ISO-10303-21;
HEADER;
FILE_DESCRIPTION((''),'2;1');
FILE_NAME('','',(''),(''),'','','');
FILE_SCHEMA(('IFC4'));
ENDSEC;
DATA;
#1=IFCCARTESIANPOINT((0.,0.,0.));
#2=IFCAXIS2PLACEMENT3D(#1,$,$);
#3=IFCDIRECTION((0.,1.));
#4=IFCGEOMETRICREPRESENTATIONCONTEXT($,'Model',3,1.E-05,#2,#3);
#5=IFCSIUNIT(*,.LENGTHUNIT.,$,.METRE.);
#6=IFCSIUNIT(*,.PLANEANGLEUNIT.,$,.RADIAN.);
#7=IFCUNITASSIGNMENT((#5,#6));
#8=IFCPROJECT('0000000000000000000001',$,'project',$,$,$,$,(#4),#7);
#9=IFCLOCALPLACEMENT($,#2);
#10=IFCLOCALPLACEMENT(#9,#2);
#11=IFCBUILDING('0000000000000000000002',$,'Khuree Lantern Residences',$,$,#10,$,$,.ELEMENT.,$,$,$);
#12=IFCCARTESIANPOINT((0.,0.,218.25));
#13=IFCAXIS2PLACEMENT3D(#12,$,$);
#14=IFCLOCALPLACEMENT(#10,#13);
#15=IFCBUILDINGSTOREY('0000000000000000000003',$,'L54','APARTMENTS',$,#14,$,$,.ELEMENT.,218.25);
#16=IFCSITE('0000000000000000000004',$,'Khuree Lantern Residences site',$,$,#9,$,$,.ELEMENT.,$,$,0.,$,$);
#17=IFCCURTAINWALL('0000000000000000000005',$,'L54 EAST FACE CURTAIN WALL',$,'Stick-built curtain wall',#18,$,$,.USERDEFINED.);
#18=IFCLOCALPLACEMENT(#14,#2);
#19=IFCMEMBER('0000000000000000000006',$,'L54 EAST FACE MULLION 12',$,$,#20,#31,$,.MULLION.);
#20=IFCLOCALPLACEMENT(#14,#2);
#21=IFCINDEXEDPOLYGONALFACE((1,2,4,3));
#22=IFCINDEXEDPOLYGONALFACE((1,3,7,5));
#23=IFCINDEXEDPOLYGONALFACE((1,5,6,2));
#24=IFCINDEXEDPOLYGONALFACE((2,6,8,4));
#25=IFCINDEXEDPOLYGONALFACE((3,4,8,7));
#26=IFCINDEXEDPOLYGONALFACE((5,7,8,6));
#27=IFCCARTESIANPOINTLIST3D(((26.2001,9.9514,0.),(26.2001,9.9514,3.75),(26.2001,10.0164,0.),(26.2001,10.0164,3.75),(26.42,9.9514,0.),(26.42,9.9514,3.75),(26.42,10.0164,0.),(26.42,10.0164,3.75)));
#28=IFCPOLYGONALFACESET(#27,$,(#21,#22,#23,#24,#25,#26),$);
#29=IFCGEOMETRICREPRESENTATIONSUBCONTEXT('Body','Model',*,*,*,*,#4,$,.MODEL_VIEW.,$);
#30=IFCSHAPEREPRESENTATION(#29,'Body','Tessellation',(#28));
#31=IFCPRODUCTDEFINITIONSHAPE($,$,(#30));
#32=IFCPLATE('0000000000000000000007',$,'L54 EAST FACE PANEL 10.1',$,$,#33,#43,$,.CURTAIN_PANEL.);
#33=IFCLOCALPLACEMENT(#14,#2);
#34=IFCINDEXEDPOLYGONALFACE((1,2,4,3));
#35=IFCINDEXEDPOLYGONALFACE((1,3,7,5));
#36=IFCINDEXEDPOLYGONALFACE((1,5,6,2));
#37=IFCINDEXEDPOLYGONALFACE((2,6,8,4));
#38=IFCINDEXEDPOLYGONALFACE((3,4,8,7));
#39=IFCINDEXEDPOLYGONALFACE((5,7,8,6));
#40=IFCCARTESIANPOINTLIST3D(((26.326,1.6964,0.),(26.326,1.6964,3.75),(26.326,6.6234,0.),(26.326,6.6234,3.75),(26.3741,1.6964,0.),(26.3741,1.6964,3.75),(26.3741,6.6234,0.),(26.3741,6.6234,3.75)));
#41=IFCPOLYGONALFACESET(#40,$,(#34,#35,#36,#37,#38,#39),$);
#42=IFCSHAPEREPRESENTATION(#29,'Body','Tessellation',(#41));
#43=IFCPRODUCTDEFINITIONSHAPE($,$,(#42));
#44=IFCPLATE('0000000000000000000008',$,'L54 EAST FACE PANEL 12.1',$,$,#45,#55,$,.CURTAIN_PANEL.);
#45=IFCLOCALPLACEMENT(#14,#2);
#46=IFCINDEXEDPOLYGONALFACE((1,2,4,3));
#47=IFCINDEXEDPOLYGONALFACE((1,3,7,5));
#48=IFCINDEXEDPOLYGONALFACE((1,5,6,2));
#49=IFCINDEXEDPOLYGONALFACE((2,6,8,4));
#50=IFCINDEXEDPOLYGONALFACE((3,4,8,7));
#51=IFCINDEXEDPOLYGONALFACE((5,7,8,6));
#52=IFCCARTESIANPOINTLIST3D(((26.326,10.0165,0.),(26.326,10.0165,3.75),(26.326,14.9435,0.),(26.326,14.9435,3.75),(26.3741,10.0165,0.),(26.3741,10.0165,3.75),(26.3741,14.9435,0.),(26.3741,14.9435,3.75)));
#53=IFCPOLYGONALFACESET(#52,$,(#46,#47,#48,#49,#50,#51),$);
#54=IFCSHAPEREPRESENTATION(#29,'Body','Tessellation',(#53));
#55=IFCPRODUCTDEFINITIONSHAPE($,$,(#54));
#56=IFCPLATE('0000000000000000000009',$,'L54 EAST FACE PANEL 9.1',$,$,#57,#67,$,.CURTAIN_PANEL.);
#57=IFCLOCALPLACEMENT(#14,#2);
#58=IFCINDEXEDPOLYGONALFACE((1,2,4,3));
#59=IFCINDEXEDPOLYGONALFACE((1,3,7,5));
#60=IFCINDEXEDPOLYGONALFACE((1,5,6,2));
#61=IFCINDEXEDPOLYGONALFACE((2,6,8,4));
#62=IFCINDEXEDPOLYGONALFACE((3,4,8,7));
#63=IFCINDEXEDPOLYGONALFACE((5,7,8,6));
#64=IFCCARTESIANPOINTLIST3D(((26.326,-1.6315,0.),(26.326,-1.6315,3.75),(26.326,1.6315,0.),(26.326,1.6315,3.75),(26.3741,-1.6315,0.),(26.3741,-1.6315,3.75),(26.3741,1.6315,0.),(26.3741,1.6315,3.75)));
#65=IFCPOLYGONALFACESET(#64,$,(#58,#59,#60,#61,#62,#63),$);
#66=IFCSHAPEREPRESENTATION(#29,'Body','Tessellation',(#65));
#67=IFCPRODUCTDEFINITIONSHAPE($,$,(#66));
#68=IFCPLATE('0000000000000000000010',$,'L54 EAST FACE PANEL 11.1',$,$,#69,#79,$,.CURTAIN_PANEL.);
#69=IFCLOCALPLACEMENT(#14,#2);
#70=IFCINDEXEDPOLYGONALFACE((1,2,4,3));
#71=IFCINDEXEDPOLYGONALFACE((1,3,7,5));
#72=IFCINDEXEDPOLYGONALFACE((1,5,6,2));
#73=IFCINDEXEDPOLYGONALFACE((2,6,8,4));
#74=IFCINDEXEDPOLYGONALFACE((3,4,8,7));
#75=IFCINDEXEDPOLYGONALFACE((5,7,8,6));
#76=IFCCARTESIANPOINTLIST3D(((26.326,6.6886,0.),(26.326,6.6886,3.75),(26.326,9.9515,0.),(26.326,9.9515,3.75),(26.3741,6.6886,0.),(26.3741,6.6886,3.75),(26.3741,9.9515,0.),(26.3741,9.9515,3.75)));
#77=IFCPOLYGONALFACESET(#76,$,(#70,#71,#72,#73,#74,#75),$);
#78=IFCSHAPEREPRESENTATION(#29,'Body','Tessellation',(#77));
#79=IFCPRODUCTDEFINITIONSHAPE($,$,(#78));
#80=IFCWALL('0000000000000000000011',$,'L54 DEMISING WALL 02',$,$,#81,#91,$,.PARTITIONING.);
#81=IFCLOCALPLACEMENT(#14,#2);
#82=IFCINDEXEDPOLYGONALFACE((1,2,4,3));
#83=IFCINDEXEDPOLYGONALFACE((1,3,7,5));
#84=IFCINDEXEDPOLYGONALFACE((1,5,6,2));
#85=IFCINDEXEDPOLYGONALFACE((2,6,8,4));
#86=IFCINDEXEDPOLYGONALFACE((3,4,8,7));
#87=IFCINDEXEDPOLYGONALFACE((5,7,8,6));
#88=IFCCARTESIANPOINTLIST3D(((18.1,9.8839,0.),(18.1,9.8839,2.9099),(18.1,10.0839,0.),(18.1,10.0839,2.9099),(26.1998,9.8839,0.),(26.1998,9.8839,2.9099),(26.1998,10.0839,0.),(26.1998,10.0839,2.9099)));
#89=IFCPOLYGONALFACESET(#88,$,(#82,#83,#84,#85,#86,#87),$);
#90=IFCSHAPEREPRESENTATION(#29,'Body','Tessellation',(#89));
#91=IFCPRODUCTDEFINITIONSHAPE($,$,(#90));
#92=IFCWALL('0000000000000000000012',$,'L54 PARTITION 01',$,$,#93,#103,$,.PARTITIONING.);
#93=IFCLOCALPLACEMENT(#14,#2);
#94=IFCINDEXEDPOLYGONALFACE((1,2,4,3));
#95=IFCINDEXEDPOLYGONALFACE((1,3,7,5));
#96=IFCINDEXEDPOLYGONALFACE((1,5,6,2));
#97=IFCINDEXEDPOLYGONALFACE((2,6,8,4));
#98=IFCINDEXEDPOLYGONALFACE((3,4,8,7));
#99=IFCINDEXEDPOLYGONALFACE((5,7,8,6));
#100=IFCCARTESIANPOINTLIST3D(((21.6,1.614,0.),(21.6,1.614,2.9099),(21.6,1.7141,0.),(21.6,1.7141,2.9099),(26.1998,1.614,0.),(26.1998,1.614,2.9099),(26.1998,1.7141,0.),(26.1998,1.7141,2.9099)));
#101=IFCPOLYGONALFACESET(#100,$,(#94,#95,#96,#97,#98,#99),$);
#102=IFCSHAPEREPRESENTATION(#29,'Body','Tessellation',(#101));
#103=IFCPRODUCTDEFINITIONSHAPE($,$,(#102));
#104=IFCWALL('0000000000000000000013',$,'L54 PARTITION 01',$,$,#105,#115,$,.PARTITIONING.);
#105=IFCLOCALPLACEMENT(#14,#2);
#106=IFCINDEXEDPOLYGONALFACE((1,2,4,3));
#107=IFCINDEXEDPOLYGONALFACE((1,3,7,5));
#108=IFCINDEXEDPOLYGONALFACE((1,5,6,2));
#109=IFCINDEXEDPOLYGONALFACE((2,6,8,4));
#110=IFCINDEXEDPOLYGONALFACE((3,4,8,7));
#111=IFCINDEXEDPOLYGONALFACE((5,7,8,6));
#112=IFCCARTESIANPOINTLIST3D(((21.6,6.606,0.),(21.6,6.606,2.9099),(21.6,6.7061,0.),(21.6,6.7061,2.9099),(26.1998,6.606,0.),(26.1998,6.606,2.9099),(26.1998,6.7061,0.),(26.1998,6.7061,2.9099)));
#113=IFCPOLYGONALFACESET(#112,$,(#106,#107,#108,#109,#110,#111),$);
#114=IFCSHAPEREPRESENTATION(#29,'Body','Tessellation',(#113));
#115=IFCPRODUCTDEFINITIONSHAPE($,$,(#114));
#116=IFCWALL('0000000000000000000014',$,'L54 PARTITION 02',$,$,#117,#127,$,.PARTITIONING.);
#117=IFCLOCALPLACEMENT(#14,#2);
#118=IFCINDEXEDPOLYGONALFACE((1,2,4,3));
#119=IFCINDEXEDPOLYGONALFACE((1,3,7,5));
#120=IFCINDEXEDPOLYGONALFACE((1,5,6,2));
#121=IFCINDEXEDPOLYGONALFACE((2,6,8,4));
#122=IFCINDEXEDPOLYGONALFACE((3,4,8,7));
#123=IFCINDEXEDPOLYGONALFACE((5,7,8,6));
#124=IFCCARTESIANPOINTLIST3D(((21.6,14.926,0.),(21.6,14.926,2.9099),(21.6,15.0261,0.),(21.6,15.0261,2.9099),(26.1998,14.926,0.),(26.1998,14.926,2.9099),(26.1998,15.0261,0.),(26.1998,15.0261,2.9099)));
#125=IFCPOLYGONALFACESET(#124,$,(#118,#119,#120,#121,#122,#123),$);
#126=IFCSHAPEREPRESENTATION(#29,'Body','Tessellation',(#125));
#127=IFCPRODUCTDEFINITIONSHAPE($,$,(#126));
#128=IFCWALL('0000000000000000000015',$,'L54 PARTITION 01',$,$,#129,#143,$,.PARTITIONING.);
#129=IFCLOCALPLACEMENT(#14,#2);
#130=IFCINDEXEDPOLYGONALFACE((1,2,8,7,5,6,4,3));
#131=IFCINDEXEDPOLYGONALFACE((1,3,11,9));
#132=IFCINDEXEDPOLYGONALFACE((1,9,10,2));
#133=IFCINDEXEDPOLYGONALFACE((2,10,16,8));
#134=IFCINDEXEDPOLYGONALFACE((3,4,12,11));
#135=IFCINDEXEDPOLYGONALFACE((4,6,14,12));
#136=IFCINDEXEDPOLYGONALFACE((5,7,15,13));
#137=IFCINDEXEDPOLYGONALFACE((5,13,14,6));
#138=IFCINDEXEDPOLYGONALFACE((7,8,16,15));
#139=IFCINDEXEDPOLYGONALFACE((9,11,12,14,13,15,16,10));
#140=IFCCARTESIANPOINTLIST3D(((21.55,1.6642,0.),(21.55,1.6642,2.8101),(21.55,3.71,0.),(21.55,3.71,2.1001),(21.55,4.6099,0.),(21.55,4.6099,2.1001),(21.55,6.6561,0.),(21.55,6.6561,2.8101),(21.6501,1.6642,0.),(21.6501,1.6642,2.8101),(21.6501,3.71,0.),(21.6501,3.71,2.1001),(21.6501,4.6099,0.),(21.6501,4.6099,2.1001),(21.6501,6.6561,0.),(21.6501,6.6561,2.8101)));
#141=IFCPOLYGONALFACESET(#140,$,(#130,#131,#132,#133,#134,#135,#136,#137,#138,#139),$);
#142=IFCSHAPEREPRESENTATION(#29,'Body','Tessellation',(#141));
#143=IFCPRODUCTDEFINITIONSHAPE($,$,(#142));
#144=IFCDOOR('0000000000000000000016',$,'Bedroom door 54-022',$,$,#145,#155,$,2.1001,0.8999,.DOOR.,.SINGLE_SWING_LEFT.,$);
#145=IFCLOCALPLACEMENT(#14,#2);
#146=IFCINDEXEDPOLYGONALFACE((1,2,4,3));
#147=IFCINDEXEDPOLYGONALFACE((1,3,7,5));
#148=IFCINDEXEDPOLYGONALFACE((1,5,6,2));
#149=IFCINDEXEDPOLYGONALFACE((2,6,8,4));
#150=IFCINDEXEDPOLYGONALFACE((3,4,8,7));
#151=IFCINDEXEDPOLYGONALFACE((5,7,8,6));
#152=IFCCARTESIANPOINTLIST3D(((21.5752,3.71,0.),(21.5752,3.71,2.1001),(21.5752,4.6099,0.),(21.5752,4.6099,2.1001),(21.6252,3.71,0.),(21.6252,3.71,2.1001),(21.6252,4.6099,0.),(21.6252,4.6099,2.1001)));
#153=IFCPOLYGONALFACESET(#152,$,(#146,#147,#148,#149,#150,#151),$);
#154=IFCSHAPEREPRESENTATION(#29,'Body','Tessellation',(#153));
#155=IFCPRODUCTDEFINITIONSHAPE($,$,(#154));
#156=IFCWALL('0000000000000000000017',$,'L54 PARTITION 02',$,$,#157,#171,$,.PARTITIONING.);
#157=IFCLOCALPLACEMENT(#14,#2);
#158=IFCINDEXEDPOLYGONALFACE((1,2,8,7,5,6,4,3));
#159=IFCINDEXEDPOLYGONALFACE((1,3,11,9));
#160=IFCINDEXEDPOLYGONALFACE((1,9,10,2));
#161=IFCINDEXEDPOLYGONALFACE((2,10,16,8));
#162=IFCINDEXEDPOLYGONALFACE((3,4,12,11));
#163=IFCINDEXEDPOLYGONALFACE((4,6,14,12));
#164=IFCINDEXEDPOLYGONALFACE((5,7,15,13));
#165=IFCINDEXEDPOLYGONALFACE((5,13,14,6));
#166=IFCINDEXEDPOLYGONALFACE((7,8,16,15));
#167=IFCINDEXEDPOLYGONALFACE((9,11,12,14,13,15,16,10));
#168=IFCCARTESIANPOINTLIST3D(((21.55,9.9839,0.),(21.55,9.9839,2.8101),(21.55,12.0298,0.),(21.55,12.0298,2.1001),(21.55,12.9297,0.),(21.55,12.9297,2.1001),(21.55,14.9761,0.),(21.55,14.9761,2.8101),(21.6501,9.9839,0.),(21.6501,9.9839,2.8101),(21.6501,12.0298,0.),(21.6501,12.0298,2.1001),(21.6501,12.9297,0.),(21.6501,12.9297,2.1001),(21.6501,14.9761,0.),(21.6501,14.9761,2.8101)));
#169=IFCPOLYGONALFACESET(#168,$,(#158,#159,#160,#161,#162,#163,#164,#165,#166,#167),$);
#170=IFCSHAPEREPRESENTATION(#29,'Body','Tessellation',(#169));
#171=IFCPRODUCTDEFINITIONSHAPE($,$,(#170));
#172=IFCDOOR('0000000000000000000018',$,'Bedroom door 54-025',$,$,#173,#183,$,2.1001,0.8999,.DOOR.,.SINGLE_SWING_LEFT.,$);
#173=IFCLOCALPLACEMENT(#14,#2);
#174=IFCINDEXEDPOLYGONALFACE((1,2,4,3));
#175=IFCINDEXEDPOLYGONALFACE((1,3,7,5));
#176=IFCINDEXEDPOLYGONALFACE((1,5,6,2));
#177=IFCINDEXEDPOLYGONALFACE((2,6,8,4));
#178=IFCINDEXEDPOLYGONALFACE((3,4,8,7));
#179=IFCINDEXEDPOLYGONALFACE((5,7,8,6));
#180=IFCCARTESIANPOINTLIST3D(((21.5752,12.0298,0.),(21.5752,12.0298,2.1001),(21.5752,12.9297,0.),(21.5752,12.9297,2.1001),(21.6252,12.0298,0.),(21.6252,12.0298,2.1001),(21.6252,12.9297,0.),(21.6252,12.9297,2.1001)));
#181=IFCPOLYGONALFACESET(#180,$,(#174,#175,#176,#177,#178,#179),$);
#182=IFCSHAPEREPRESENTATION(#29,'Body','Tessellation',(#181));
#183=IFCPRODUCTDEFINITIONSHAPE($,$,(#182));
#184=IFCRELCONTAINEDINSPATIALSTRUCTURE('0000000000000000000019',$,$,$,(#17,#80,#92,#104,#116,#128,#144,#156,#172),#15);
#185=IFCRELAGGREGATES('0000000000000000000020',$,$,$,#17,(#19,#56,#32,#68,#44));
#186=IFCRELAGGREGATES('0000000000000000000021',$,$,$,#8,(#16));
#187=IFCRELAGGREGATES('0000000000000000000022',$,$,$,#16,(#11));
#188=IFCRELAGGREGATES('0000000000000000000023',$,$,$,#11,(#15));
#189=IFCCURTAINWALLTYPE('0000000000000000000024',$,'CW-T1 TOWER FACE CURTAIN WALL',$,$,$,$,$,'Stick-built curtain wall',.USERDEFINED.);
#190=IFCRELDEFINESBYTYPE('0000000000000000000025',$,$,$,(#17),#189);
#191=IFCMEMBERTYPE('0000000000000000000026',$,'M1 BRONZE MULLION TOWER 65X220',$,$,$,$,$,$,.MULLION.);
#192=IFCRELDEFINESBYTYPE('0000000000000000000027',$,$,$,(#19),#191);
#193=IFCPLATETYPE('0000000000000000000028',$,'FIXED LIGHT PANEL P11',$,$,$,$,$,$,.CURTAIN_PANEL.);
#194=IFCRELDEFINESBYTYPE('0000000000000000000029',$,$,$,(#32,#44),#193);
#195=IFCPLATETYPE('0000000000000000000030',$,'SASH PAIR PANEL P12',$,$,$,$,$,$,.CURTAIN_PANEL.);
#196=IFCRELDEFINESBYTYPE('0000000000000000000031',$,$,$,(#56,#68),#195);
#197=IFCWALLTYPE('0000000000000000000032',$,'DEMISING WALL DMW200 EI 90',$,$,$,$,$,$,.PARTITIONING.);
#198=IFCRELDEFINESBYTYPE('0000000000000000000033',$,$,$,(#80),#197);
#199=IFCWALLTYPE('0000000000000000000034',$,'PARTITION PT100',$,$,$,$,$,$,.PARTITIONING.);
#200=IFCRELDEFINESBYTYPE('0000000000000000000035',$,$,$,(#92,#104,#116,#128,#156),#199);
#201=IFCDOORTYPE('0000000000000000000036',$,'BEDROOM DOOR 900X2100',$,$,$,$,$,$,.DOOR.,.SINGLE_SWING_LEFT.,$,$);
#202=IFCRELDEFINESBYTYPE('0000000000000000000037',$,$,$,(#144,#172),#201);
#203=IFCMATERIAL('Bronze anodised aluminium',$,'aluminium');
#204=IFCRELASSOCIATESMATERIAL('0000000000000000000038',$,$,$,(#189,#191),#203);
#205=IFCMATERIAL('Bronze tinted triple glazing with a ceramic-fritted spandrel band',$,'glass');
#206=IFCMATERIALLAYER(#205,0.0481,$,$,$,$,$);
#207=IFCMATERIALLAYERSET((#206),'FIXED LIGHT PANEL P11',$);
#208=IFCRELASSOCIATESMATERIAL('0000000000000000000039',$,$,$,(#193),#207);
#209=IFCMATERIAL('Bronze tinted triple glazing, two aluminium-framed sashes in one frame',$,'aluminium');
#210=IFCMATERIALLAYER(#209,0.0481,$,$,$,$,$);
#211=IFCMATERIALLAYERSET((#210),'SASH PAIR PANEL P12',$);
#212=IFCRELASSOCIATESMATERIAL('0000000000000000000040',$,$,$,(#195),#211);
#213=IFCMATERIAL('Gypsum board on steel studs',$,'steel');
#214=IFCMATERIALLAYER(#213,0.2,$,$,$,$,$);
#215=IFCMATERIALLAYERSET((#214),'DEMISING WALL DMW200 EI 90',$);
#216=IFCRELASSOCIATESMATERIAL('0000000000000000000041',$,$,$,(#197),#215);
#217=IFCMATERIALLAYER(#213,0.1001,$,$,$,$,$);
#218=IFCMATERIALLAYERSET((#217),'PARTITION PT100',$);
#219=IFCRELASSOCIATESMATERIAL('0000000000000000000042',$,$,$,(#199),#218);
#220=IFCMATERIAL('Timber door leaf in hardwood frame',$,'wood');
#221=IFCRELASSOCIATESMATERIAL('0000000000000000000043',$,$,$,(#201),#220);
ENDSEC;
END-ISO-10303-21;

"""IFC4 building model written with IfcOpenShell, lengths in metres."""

from ifc_helpers import new_model, si_unit, direction, frame, frame_2d, origin, origin_2d, place, context, subcontext, project, spatial, rectangle, extrude, material, layer, layer_set, material_profile, profile_set, type_object, element, fill, aggregate, save


model = new_model("IFC4")

# Units and contexts
model_context = context("Model", 3, precision=1e-05, world=origin(), true_north=direction((0.0, 1.0)))
body_context = subcontext(model_context, "Body", "Model", "MODEL_VIEW")
ifc_project = project(units=[si_unit("LENGTHUNIT", "METRE"), si_unit("PLANEANGLEUNIT", "RADIAN")], contexts=[model_context])

# Site, building, storey
site_placement = place(None, origin())
site = spatial("IfcSite", under=ifc_project, at=site_placement, Name="Khuree Lantern Residences site", CompositionType="ELEMENT", RefElevation=0.0)
building_placement = place(site_placement, origin())
building = spatial("IfcBuilding", under=site, at=building_placement, Name="Khuree Lantern Residences", CompositionType="ELEMENT")
storey_placement = place(building_placement, frame((0.0, 0.0, 218.25)))
storey = spatial("IfcBuildingStorey", under=building, at=storey_placement, Name="L54", Description="APARTMENTS", CompositionType="ELEMENT", Elevation=218.25)

# Curtain wall
ifc_material_1 = material(Name="Bronze anodised aluminium", Category="aluminium")
curtain_wall_type = type_object("IfcCurtainWallType", Name="CW-T1 TOWER FACE CURTAIN WALL", ElementType="Stick-built curtain wall", PredefinedType="USERDEFINED", material=ifc_material_1)
curtain_wall_placement = place(storey_placement, origin())
curtain_wall = element("IfcCurtainWall", 1, at=curtain_wall_placement, inside=storey, type_object=curtain_wall_type, Name="L54 EAST FACE CURTAIN WALL", ObjectType="Stick-built curtain wall", PredefinedType="USERDEFINED")

# Member
ifc_material_profile_1 = material_profile(ifc_material_1, rectangle(XDim=0.0649, YDim=0.22, at=origin_2d()), Name="M1 65X220")
ifc_profile_set_1 = profile_set([ifc_material_profile_1], Name="Bronze anodised aluminium")
member_type_1 = type_object("IfcMemberType", Name="M1 BRONZE MULLION TOWER 65X220", PredefinedType="MULLION", material=ifc_profile_set_1)
member_1_placement = place(storey_placement, frame((26.3101, 9.9839, 0.0), z_axis=(0.0, 0.0, 1.0), x_axis=(0.0, 1.0, 0.0)))
member_1 = element("IfcMember", 2, at=member_1_placement, type_object=member_type_1, Name="L54 EAST FACE MULLION 12", PredefinedType="MULLION", context=body_context, shape_type="SweptSolid", body=[
    extrude(rectangle(XDim=0.0649, YDim=0.22, at=origin_2d()), origin(), (0.0, 0.0, 1.0), 3.75),
])

# Plates
ifc_material_2 = material(Name="Bronze tinted triple glazing with a ceramic-fritted spandrel band", Category="glass")
ifc_layer_1 = layer(ifc_material_2, 0.0481)
ifc_layer_set_1 = layer_set([ifc_layer_1], Name="FIXED LIGHT PANEL P11")
plate_type_1 = type_object("IfcPlateType", Name="FIXED LIGHT PANEL P11", PredefinedType="CURTAIN_PANEL", material=ifc_layer_set_1)
plate_1_placement = place(storey_placement, frame((26.3501, 4.1599, 0.0), z_axis=(0.0, 0.0, 1.0), x_axis=(0.0, 1.0, 0.0)))
plate_1 = element("IfcPlate", 3, at=plate_1_placement, type_object=plate_type_1, Name="L54 EAST FACE PANEL 10.1", PredefinedType="CURTAIN_PANEL", context=body_context, shape_type="SweptSolid", body=[
    extrude(rectangle(XDim=4.927, YDim=0.0481, at=origin_2d()), origin(), (0.0, 0.0, 1.0), 3.75),
])
plate_2_placement = place(storey_placement, frame((26.3501, 12.48, 0.0), z_axis=(0.0, 0.0, 1.0), x_axis=(0.0, 1.0, 0.0)))
plate_2 = element("IfcPlate", 4, at=plate_2_placement, type_object=plate_type_1, Name="L54 EAST FACE PANEL 12.1", PredefinedType="CURTAIN_PANEL", context=body_context, shape_type="SweptSolid", body=[
    extrude(rectangle(XDim=4.927, YDim=0.0481, at=origin_2d()), origin(), (0.0, 0.0, 1.0), 3.75),
])
ifc_material_3 = material(Name="Bronze tinted triple glazing, two aluminium-framed sashes in one frame", Category="aluminium")
ifc_layer_2 = layer(ifc_material_3, 0.0481)
ifc_layer_set_2 = layer_set([ifc_layer_2], Name="SASH PAIR PANEL P12")
plate_type_2 = type_object("IfcPlateType", Name="SASH PAIR PANEL P12", PredefinedType="CURTAIN_PANEL", material=ifc_layer_set_2)
plate_3_placement = place(storey_placement, frame((26.3501, 0.0, 0.0), z_axis=(0.0, 0.0, 1.0), x_axis=(0.0, 1.0, 0.0)))
plate_3 = element("IfcPlate", 5, at=plate_3_placement, type_object=plate_type_2, Name="L54 EAST FACE PANEL 9.1", PredefinedType="CURTAIN_PANEL", context=body_context, shape_type="SweptSolid", body=[
    extrude(rectangle(XDim=3.2629, YDim=0.0481, at=origin_2d()), origin(), (0.0, 0.0, 1.0), 3.75),
])
plate_4_placement = place(storey_placement, frame((26.3501, 8.3201, 0.0), z_axis=(0.0, 0.0, 1.0), x_axis=(0.0, 1.0, 0.0)))
plate_4 = element("IfcPlate", 6, at=plate_4_placement, type_object=plate_type_2, Name="L54 EAST FACE PANEL 11.1", PredefinedType="CURTAIN_PANEL", context=body_context, shape_type="SweptSolid", body=[
    extrude(rectangle(XDim=3.2629, YDim=0.0481, at=origin_2d()), origin(), (0.0, 0.0, 1.0), 3.75),
])
aggregate(curtain_wall, [member_1, plate_3, plate_1, plate_4, plate_2])

# Walls
ifc_material_4 = material(Name="Gypsum board on steel studs", Category="steel")
ifc_layer_3 = layer(ifc_material_4, 0.2)
ifc_layer_set_3 = layer_set([ifc_layer_3], Name="DEMISING WALL DMW200 EI 90")
wall_type_1 = type_object("IfcWallType", Name="DEMISING WALL DMW200 EI 90", PredefinedType="PARTITIONING", material=ifc_layer_set_3)
wall_1_placement = place(storey_placement, frame((18.1001, 9.9839, 0.0), z_axis=(0.0, 0.0, 1.0), x_axis=(1.0, 0.0, 0.0)))
element("IfcWall", 7, at=wall_1_placement, inside=storey, type_object=wall_type_1, Name="L54 DEMISING WALL 02", PredefinedType="PARTITIONING", context=body_context, shape_type="SweptSolid", body=[
    extrude(rectangle(XDim=8.0999, YDim=0.2, at=frame_2d((4.0498, 0.0))), origin(), (0.0, 0.0, 1.0), 2.9099),
])
ifc_layer_4 = layer(ifc_material_4, 0.1001)
ifc_layer_set_4 = layer_set([ifc_layer_4], Name="PARTITION PT100")
wall_type_2 = type_object("IfcWallType", Name="PARTITION PT100", PredefinedType="PARTITIONING", material=ifc_layer_set_4)
for number, where, z_axis, x_axis, name in (
    (8, (21.6001, 1.6641, 0.0), (0.0, 0.0, 1.0), (1.0, 0.0, 0.0), "L54 PARTITION 01"),
    (9, (21.6001, 6.656, 0.0), (0.0, 0.0, 1.0), (1.0, 0.0, 0.0), "L54 PARTITION 01"),
    (10, (21.6001, 14.9761, 0.0), (0.0, 0.0, 1.0), (1.0, 0.0, 0.0), "L54 PARTITION 02"),
):
    element("IfcWall", number, at=place(storey_placement, frame(where, z_axis=z_axis, x_axis=x_axis)), inside=storey, type_object=wall_type_2, Name=name, PredefinedType="PARTITIONING", context=body_context, shape_type="SweptSolid", body=[
        extrude(rectangle(XDim=4.5999, YDim=0.1001, at=frame_2d((2.2998, 0.0))), origin(), (0.0, 0.0, 1.0), 2.9099),
    ])

# Walls, openings, doors
wall_2_placement = place(storey_placement, frame((21.6001, 1.6641, 0.0), z_axis=(0.0, 0.0, 1.0), x_axis=(0.0, 1.0, 0.0)))
wall_2 = element("IfcWall", 11, at=wall_2_placement, inside=storey, type_object=wall_type_2, Name="L54 PARTITION 01", PredefinedType="PARTITIONING", context=body_context, shape_type="SweptSolid", body=[
    extrude(rectangle(XDim=4.9919, YDim=0.1001, at=frame_2d((2.4961, 0.0))), origin(), (0.0, 0.0, 1.0), 2.8101),
])
opening_1_placement = place(wall_2_placement, frame((2.0459, 0.0, 0.0)))
opening_1 = element("IfcOpeningElement", 12, at=opening_1_placement, cuts=wall_2, PredefinedType="OPENING", context=body_context, shape_type="SweptSolid", body=[
    extrude(rectangle(XDim=0.8999, YDim=2.1001, at=frame_2d((0.45, 1.05))), frame((0.0, 0.0601, 0.0), z_axis=(0.0, -1.0, 0.0), x_axis=(1.0, 0.0, 0.0)), (0.0, 0.0, 1.0), 0.1201),
])
ifc_material_5 = material(Name="Timber door leaf in hardwood frame", Category="wood")
door_type = type_object("IfcDoorType", Name="BEDROOM DOOR 900X2100", OperationType="SINGLE_SWING_LEFT", PredefinedType="DOOR", material=ifc_material_5)
door_1_placement = place(opening_1_placement, origin())
door_1 = element("IfcDoor", 13, at=door_1_placement, inside=storey, type_object=door_type, Name="Bedroom door 54-022", OperationType="SINGLE_SWING_LEFT", OverallHeight=2.1001, OverallWidth=0.8999, PredefinedType="DOOR", context=body_context, shape_type="SweptSolid", body=[
    extrude(rectangle(XDim=0.8999, YDim=2.1001, at=frame_2d((0.45, 1.05))), frame((0.0, 0.0249, 0.0), z_axis=(0.0, -1.0, 0.0), x_axis=(1.0, 0.0, 0.0)), (0.0, 0.0, 1.0), 0.05),
])
fill(opening_1, door_1)
wall_3_placement = place(storey_placement, frame((21.6001, 9.9839, 0.0), z_axis=(0.0, 0.0, 1.0), x_axis=(0.0, 1.0, 0.0)))
wall_3 = element("IfcWall", 14, at=wall_3_placement, inside=storey, type_object=wall_type_2, Name="L54 PARTITION 02", PredefinedType="PARTITIONING", context=body_context, shape_type="SweptSolid", body=[
    extrude(rectangle(XDim=4.9922, YDim=0.1001, at=frame_2d((2.4961, 0.0))), origin(), (0.0, 0.0, 1.0), 2.8101),
])
opening_2_placement = place(wall_3_placement, frame((2.0459, 0.0, 0.0)))
opening_2 = element("IfcOpeningElement", 15, at=opening_2_placement, cuts=wall_3, PredefinedType="OPENING", context=body_context, shape_type="SweptSolid", body=[
    extrude(rectangle(XDim=0.8999, YDim=2.1001, at=frame_2d((0.45, 1.05))), frame((0.0, 0.0601, 0.0), z_axis=(0.0, -1.0, 0.0), x_axis=(1.0, 0.0, 0.0)), (0.0, 0.0, 1.0), 0.1201),
])
door_2_placement = place(opening_2_placement, origin())
door_2 = element("IfcDoor", 16, at=door_2_placement, inside=storey, type_object=door_type, Name="Bedroom door 54-025", OperationType="SINGLE_SWING_LEFT", OverallHeight=2.1001, OverallWidth=0.8999, PredefinedType="DOOR", context=body_context, shape_type="SweptSolid", body=[
    extrude(rectangle(XDim=0.8999, YDim=2.1001, at=frame_2d((0.45, 1.05))), frame((0.0, 0.0249, 0.0), z_axis=(0.0, -1.0, 0.0), x_axis=(1.0, 0.0, 0.0)), (0.0, 0.0, 1.0), 0.05),
])
fill(opening_2, door_2)

save(model, "model.ifc")
